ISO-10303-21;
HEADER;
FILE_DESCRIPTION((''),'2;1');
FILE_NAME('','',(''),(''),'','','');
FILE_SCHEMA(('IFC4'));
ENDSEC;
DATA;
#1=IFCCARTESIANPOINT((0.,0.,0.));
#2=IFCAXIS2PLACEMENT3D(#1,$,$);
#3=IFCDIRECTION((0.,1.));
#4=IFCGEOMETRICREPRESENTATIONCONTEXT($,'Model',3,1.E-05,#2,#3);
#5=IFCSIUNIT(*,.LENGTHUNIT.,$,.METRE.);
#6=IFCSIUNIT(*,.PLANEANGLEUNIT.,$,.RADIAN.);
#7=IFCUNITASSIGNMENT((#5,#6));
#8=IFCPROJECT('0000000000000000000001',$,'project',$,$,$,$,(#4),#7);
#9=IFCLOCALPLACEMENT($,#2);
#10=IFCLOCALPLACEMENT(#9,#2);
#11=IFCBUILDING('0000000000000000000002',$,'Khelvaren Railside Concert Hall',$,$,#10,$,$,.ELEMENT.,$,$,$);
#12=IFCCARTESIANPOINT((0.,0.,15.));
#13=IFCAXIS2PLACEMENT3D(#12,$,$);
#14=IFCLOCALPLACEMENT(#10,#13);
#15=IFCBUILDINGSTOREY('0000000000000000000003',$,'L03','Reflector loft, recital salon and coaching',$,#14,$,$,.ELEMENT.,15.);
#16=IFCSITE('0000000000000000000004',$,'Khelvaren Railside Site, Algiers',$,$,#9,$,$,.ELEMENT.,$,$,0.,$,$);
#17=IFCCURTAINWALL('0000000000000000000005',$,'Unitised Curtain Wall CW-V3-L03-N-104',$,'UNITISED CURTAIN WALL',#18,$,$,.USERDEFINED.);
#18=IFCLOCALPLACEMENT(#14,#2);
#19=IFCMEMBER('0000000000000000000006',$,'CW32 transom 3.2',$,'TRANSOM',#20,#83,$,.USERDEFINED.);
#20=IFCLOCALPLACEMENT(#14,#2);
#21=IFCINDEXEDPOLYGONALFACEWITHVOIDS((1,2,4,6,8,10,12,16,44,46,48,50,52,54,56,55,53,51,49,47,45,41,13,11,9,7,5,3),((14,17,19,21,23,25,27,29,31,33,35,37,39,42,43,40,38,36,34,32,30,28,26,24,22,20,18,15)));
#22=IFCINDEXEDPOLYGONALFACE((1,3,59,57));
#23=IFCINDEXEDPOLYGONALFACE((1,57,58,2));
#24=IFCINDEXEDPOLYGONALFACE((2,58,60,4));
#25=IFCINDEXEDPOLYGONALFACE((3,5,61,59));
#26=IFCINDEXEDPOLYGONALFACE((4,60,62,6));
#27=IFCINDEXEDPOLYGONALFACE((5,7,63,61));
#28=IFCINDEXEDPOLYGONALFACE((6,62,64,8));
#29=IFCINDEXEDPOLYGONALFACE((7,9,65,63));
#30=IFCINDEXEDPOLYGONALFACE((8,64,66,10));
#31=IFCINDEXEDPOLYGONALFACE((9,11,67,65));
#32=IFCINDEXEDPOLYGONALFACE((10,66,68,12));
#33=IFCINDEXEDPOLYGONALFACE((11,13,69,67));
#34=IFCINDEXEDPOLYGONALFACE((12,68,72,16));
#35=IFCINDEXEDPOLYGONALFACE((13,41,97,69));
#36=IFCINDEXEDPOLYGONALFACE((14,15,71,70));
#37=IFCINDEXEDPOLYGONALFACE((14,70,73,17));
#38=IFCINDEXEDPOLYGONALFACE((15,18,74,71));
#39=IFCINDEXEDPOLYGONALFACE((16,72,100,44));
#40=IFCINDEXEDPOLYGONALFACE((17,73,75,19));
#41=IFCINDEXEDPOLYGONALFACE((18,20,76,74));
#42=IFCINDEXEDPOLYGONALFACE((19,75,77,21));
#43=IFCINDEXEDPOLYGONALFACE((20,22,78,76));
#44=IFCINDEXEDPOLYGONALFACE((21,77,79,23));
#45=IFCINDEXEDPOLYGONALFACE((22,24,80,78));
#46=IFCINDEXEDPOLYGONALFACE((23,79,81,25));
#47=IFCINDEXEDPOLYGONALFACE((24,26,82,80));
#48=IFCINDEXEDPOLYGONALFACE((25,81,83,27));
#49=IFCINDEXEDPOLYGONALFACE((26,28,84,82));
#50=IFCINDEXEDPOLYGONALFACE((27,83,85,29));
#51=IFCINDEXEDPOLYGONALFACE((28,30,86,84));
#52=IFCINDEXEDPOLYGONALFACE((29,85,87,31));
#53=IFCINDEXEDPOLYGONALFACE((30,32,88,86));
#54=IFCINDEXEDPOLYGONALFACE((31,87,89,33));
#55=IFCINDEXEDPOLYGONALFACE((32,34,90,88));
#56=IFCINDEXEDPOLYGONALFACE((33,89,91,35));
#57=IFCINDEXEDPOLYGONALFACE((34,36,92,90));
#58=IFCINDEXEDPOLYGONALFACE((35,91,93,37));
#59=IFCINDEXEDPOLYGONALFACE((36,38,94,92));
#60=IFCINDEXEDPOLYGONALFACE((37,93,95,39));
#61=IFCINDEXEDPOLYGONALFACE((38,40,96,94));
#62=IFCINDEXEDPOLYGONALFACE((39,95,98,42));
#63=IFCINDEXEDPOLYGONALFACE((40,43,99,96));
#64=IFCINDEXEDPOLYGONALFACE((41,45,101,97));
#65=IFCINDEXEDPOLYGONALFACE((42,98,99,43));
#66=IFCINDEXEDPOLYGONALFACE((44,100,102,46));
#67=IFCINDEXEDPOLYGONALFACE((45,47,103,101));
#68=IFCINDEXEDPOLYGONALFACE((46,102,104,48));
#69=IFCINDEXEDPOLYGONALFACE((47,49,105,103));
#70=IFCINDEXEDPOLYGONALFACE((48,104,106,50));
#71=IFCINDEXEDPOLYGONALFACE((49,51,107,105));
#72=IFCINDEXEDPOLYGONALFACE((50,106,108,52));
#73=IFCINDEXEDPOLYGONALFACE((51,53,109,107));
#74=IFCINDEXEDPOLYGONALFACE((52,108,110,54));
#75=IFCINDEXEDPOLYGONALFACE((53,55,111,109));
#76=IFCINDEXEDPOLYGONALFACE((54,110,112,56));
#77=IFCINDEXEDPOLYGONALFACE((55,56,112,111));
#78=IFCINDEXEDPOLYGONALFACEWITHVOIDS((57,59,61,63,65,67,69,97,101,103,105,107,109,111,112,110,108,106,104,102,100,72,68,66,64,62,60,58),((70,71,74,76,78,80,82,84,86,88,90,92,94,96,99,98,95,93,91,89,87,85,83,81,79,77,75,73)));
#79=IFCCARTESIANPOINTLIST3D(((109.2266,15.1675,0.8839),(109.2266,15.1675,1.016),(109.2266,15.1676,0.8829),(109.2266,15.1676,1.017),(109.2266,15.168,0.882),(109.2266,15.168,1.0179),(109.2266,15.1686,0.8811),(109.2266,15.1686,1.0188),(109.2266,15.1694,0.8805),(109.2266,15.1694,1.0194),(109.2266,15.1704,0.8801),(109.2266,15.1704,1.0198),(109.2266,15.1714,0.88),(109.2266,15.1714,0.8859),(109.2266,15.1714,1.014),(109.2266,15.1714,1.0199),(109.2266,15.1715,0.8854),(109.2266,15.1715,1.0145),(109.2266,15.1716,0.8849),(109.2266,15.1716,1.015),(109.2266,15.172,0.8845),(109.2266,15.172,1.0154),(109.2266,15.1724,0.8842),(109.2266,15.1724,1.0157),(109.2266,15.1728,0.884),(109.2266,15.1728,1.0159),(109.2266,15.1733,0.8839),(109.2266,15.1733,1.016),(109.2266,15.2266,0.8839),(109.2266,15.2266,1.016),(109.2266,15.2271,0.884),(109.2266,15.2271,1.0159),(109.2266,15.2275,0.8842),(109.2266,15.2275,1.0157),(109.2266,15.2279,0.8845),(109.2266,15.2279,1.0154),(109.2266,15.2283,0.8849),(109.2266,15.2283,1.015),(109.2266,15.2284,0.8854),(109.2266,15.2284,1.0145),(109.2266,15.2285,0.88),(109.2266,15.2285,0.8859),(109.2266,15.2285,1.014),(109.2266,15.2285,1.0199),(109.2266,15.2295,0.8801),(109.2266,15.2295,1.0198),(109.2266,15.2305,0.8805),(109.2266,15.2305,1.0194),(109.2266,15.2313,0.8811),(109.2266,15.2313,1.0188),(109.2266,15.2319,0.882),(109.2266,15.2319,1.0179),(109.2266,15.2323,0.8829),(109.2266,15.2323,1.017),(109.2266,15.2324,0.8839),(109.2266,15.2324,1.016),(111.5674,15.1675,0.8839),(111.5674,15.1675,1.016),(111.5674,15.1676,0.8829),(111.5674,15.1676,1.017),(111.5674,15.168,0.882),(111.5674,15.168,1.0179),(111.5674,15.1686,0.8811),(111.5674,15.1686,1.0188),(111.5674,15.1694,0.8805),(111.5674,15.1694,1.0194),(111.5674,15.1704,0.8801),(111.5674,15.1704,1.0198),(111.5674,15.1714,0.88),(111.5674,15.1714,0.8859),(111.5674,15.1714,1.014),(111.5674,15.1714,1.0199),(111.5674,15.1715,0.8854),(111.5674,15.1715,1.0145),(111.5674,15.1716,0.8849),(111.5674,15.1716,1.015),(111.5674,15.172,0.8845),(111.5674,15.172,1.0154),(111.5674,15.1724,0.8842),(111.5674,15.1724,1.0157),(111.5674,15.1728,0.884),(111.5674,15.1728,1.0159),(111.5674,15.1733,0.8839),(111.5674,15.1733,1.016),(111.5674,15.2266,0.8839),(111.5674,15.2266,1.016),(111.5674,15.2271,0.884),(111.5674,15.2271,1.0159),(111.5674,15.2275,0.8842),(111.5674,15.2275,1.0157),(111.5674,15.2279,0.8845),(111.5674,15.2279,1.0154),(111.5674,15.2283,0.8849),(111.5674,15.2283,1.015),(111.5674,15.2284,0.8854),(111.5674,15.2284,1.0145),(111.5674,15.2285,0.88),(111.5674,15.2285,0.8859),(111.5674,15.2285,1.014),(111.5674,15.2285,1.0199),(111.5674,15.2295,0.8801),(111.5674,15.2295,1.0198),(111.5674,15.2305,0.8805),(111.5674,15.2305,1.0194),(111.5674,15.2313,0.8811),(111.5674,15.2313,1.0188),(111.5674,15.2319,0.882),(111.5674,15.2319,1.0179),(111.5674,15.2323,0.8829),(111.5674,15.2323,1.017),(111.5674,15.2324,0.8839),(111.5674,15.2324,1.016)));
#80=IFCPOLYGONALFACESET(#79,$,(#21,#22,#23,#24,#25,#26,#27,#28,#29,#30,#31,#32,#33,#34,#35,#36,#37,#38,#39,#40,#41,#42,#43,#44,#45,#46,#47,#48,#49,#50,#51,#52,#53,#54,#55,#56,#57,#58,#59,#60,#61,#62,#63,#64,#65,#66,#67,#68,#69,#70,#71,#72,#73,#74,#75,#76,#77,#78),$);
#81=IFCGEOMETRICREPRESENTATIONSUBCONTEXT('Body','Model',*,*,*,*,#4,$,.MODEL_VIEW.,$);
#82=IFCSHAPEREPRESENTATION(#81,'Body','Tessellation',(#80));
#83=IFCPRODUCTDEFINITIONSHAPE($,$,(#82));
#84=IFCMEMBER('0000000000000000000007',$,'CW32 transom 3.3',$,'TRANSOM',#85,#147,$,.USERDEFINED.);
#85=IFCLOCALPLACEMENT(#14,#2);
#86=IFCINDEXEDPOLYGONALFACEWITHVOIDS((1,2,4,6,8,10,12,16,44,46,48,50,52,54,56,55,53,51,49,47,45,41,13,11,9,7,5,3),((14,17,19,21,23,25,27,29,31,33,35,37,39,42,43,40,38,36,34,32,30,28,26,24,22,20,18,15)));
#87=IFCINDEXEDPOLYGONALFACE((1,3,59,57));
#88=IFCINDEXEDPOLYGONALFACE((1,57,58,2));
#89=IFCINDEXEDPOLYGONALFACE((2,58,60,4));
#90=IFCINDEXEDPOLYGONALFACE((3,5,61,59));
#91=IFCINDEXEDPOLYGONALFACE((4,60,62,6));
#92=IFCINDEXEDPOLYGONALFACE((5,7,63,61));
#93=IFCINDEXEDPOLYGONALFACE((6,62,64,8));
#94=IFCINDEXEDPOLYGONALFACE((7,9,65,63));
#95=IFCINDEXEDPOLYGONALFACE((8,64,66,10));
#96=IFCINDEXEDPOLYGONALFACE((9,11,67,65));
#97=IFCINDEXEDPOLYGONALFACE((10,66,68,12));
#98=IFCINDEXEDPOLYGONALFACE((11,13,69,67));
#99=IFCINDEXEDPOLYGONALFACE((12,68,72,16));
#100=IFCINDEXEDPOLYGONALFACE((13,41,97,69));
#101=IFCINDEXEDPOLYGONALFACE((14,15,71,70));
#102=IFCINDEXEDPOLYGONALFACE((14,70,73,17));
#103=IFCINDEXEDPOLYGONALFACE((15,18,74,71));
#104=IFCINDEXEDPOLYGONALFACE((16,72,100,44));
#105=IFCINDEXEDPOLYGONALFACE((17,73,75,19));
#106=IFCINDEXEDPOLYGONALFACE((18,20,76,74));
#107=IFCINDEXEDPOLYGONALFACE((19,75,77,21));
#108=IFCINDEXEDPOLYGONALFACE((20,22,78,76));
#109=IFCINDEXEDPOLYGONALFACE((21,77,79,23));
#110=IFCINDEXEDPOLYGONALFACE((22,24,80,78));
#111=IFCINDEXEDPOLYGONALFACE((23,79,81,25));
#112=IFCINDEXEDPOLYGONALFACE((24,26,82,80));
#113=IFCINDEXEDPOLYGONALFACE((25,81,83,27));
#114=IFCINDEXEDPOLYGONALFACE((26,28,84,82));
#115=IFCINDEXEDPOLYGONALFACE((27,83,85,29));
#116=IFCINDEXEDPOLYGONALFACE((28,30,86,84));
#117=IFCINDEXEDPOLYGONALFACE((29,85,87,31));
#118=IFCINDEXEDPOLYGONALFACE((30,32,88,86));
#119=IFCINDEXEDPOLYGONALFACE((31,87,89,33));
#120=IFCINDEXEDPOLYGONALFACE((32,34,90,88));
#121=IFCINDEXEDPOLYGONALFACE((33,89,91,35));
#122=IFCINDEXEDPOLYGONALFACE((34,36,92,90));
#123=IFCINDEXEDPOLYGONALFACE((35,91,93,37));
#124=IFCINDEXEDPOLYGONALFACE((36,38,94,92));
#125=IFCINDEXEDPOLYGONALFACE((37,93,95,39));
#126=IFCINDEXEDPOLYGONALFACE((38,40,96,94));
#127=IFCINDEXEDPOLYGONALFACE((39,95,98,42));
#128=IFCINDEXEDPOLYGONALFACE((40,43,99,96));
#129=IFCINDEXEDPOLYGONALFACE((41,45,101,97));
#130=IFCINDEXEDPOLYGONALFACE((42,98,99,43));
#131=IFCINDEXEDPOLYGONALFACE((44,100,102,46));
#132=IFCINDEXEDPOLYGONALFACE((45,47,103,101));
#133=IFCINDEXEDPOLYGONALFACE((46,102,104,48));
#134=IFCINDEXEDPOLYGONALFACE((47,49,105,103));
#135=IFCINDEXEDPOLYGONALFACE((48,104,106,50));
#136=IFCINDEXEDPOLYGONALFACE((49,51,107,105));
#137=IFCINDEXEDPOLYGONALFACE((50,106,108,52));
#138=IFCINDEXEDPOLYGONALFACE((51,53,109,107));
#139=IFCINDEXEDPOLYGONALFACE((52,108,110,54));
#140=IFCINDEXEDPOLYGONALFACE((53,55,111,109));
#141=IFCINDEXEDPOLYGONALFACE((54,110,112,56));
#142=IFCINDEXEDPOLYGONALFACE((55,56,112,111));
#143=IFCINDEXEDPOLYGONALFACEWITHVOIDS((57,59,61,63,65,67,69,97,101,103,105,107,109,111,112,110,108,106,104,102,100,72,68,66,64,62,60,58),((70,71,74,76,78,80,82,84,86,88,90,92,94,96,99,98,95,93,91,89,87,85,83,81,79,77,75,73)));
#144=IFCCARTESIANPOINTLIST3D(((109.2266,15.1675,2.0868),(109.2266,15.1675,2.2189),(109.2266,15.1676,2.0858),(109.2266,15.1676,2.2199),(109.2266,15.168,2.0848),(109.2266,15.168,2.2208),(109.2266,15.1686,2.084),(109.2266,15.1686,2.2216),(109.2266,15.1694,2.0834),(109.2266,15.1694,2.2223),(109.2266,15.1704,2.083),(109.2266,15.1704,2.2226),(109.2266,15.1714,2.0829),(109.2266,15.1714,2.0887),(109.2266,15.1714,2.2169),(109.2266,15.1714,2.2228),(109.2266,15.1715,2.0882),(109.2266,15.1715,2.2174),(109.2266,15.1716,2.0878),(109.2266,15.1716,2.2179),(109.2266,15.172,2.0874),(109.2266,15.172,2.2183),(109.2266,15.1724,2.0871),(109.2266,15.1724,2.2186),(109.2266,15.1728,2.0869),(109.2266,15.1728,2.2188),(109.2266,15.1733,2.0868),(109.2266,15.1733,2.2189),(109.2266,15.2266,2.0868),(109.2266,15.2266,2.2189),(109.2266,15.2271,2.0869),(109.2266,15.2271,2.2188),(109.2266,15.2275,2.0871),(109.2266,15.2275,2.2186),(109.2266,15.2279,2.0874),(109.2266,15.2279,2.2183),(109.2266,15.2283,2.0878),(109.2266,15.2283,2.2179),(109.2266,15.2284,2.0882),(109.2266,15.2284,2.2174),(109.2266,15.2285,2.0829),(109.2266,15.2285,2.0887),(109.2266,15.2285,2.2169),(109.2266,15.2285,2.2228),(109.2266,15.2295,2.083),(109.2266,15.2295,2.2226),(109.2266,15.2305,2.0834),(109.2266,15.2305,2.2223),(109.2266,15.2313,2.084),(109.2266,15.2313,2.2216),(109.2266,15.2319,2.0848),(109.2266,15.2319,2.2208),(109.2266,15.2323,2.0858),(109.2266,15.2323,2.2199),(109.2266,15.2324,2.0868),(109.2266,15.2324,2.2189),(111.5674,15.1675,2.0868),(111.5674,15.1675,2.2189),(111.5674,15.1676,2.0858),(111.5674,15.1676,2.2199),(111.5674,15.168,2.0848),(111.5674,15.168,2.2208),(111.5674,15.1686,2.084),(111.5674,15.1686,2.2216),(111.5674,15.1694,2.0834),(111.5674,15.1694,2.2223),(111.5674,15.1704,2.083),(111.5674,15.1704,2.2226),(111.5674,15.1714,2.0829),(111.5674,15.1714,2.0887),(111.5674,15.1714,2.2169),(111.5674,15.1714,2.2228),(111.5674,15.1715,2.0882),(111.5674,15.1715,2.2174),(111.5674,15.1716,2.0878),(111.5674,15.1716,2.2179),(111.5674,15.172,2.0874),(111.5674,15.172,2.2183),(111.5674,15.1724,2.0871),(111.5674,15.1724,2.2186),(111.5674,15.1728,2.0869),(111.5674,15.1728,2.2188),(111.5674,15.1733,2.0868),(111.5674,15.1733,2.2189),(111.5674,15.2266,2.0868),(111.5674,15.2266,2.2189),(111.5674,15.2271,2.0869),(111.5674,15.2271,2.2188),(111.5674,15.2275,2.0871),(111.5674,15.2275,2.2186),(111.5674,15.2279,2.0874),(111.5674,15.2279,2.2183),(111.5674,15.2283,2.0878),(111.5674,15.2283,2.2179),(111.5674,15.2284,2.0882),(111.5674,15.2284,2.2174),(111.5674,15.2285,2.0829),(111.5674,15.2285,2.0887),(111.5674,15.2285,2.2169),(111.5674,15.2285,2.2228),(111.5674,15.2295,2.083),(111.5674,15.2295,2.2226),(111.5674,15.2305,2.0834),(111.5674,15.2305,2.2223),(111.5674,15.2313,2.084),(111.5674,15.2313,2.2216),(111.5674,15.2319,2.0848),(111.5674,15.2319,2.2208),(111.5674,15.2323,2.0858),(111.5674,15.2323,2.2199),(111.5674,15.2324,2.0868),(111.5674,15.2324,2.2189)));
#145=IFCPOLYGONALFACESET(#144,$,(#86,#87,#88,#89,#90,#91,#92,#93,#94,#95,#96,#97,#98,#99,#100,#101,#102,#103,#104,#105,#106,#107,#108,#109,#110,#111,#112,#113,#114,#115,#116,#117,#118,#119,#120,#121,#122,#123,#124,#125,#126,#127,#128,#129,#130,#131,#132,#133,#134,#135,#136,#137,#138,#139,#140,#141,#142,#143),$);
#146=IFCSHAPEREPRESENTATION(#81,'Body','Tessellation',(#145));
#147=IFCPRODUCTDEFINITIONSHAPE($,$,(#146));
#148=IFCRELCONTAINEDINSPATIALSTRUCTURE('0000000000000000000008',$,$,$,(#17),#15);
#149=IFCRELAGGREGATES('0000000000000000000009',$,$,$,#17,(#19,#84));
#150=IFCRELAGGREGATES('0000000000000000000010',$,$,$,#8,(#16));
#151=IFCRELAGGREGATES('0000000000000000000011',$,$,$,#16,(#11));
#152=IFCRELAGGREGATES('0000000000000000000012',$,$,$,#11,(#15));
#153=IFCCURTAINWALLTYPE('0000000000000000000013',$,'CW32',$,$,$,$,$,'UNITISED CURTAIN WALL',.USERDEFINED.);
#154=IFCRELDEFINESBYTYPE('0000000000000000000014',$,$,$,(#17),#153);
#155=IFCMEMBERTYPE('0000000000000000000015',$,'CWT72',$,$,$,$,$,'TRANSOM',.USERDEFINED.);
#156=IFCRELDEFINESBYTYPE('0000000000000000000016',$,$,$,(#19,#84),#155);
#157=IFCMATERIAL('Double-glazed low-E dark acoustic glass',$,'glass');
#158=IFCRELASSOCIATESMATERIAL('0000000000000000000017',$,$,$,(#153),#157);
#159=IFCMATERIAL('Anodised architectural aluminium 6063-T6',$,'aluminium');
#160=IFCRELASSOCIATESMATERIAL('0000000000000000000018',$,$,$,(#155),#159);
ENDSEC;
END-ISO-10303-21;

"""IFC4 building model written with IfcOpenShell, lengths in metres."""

from ifc_helpers import new_model, si_unit, direction, frame, origin, origin_2d, place, context, subcontext, project, spatial, hollow_rectangle, extrude, material, material_profile, profile_set, type_object, element, aggregate, save


model = new_model("IFC4")

# Units and contexts
model_context = context("Model", 3, precision=1e-05, world=origin(), true_north=direction((0.0, 1.0)))
body_context = subcontext(model_context, "Body", "Model", "MODEL_VIEW")
ifc_project = project(units=[si_unit("LENGTHUNIT", "METRE"), si_unit("PLANEANGLEUNIT", "RADIAN")], contexts=[model_context])

# Site, building, storey
site_placement = place(None, origin())
site = spatial("IfcSite", under=ifc_project, at=site_placement, Name="Khelvaren Railside Site, Algiers", CompositionType="ELEMENT", RefElevation=0.0)
building_placement = place(site_placement, origin())
building = spatial("IfcBuilding", under=site, at=building_placement, Name="Khelvaren Railside Concert Hall", CompositionType="ELEMENT")
storey_placement = place(building_placement, frame((0.0, 0.0, 15.0)))
storey = spatial("IfcBuildingStorey", under=building, at=storey_placement, Name="L03", Description="Reflector loft, recital salon and coaching", CompositionType="ELEMENT", Elevation=15.0)

# Curtain wall
ifc_material_1 = material(Name="Double-glazed low-E dark acoustic glass", Category="glass")
curtain_wall_type_1 = type_object("IfcCurtainWallType", Name="CW32", ElementType="UNITISED CURTAIN WALL", PredefinedType="USERDEFINED", material=ifc_material_1)
curtain_wall_1_placement = place(storey_placement, origin())
curtain_wall_1 = element("IfcCurtainWall", 1, at=curtain_wall_1_placement, inside=storey, type_object=curtain_wall_type_1, Name="Unitised Curtain Wall CW-V3-L03-N-104", ObjectType="UNITISED CURTAIN WALL", PredefinedType="USERDEFINED")
ifc_material_2 = material(Name="Anodised architectural aluminium 6063-T6", Category="aluminium")

# Members
ifc_material_profile_1 = material_profile(ifc_material_2, hollow_rectangle(XDim=0.0649, YDim=0.1399, WallThickness=0.0039, InnerFilletRadius=0.002, OuterFilletRadius=0.0039, at=origin_2d()), Name="CWT 65x140x4")
ifc_profile_set_1 = profile_set([ifc_material_profile_1], Name="Anodised architectural aluminium 6063-T6")
member_type_1 = type_object("IfcMemberType", Name="CWT72", ElementType="TRANSOM", PredefinedType="USERDEFINED", material=ifc_profile_set_1)
member_1_placement = place(storey_placement, frame((109.2266, 15.2, 0.95), z_axis=(1.0, 0.0, 0.0), x_axis=(0.0, 1.0, 0.0)))
member_1 = element("IfcMember", 2, at=member_1_placement, type_object=member_type_1, Name="CW32 transom 3.2", ObjectType="TRANSOM", PredefinedType="USERDEFINED", context=body_context, shape_type="SweptSolid", body=[
    extrude(hollow_rectangle(XDim=0.0649, YDim=0.1399, WallThickness=0.0039, InnerFilletRadius=0.002, OuterFilletRadius=0.0039, at=origin_2d()), origin(), (0.0, 0.0, 1.0), 2.3408),
])
member_2_placement = place(storey_placement, frame((109.2266, 15.2, 2.1528), z_axis=(1.0, 0.0, 0.0), x_axis=(0.0, 1.0, 0.0)))
member_2 = element("IfcMember", 3, at=member_2_placement, type_object=member_type_1, Name="CW32 transom 3.3", ObjectType="TRANSOM", PredefinedType="USERDEFINED", context=body_context, shape_type="SweptSolid", body=[
    extrude(hollow_rectangle(XDim=0.0649, YDim=0.1399, WallThickness=0.0039, InnerFilletRadius=0.002, OuterFilletRadius=0.0039, at=origin_2d()), origin(), (0.0, 0.0, 1.0), 2.3408),
])

aggregate(curtain_wall_1, [member_1, member_2])

save(model, "model.ifc")
